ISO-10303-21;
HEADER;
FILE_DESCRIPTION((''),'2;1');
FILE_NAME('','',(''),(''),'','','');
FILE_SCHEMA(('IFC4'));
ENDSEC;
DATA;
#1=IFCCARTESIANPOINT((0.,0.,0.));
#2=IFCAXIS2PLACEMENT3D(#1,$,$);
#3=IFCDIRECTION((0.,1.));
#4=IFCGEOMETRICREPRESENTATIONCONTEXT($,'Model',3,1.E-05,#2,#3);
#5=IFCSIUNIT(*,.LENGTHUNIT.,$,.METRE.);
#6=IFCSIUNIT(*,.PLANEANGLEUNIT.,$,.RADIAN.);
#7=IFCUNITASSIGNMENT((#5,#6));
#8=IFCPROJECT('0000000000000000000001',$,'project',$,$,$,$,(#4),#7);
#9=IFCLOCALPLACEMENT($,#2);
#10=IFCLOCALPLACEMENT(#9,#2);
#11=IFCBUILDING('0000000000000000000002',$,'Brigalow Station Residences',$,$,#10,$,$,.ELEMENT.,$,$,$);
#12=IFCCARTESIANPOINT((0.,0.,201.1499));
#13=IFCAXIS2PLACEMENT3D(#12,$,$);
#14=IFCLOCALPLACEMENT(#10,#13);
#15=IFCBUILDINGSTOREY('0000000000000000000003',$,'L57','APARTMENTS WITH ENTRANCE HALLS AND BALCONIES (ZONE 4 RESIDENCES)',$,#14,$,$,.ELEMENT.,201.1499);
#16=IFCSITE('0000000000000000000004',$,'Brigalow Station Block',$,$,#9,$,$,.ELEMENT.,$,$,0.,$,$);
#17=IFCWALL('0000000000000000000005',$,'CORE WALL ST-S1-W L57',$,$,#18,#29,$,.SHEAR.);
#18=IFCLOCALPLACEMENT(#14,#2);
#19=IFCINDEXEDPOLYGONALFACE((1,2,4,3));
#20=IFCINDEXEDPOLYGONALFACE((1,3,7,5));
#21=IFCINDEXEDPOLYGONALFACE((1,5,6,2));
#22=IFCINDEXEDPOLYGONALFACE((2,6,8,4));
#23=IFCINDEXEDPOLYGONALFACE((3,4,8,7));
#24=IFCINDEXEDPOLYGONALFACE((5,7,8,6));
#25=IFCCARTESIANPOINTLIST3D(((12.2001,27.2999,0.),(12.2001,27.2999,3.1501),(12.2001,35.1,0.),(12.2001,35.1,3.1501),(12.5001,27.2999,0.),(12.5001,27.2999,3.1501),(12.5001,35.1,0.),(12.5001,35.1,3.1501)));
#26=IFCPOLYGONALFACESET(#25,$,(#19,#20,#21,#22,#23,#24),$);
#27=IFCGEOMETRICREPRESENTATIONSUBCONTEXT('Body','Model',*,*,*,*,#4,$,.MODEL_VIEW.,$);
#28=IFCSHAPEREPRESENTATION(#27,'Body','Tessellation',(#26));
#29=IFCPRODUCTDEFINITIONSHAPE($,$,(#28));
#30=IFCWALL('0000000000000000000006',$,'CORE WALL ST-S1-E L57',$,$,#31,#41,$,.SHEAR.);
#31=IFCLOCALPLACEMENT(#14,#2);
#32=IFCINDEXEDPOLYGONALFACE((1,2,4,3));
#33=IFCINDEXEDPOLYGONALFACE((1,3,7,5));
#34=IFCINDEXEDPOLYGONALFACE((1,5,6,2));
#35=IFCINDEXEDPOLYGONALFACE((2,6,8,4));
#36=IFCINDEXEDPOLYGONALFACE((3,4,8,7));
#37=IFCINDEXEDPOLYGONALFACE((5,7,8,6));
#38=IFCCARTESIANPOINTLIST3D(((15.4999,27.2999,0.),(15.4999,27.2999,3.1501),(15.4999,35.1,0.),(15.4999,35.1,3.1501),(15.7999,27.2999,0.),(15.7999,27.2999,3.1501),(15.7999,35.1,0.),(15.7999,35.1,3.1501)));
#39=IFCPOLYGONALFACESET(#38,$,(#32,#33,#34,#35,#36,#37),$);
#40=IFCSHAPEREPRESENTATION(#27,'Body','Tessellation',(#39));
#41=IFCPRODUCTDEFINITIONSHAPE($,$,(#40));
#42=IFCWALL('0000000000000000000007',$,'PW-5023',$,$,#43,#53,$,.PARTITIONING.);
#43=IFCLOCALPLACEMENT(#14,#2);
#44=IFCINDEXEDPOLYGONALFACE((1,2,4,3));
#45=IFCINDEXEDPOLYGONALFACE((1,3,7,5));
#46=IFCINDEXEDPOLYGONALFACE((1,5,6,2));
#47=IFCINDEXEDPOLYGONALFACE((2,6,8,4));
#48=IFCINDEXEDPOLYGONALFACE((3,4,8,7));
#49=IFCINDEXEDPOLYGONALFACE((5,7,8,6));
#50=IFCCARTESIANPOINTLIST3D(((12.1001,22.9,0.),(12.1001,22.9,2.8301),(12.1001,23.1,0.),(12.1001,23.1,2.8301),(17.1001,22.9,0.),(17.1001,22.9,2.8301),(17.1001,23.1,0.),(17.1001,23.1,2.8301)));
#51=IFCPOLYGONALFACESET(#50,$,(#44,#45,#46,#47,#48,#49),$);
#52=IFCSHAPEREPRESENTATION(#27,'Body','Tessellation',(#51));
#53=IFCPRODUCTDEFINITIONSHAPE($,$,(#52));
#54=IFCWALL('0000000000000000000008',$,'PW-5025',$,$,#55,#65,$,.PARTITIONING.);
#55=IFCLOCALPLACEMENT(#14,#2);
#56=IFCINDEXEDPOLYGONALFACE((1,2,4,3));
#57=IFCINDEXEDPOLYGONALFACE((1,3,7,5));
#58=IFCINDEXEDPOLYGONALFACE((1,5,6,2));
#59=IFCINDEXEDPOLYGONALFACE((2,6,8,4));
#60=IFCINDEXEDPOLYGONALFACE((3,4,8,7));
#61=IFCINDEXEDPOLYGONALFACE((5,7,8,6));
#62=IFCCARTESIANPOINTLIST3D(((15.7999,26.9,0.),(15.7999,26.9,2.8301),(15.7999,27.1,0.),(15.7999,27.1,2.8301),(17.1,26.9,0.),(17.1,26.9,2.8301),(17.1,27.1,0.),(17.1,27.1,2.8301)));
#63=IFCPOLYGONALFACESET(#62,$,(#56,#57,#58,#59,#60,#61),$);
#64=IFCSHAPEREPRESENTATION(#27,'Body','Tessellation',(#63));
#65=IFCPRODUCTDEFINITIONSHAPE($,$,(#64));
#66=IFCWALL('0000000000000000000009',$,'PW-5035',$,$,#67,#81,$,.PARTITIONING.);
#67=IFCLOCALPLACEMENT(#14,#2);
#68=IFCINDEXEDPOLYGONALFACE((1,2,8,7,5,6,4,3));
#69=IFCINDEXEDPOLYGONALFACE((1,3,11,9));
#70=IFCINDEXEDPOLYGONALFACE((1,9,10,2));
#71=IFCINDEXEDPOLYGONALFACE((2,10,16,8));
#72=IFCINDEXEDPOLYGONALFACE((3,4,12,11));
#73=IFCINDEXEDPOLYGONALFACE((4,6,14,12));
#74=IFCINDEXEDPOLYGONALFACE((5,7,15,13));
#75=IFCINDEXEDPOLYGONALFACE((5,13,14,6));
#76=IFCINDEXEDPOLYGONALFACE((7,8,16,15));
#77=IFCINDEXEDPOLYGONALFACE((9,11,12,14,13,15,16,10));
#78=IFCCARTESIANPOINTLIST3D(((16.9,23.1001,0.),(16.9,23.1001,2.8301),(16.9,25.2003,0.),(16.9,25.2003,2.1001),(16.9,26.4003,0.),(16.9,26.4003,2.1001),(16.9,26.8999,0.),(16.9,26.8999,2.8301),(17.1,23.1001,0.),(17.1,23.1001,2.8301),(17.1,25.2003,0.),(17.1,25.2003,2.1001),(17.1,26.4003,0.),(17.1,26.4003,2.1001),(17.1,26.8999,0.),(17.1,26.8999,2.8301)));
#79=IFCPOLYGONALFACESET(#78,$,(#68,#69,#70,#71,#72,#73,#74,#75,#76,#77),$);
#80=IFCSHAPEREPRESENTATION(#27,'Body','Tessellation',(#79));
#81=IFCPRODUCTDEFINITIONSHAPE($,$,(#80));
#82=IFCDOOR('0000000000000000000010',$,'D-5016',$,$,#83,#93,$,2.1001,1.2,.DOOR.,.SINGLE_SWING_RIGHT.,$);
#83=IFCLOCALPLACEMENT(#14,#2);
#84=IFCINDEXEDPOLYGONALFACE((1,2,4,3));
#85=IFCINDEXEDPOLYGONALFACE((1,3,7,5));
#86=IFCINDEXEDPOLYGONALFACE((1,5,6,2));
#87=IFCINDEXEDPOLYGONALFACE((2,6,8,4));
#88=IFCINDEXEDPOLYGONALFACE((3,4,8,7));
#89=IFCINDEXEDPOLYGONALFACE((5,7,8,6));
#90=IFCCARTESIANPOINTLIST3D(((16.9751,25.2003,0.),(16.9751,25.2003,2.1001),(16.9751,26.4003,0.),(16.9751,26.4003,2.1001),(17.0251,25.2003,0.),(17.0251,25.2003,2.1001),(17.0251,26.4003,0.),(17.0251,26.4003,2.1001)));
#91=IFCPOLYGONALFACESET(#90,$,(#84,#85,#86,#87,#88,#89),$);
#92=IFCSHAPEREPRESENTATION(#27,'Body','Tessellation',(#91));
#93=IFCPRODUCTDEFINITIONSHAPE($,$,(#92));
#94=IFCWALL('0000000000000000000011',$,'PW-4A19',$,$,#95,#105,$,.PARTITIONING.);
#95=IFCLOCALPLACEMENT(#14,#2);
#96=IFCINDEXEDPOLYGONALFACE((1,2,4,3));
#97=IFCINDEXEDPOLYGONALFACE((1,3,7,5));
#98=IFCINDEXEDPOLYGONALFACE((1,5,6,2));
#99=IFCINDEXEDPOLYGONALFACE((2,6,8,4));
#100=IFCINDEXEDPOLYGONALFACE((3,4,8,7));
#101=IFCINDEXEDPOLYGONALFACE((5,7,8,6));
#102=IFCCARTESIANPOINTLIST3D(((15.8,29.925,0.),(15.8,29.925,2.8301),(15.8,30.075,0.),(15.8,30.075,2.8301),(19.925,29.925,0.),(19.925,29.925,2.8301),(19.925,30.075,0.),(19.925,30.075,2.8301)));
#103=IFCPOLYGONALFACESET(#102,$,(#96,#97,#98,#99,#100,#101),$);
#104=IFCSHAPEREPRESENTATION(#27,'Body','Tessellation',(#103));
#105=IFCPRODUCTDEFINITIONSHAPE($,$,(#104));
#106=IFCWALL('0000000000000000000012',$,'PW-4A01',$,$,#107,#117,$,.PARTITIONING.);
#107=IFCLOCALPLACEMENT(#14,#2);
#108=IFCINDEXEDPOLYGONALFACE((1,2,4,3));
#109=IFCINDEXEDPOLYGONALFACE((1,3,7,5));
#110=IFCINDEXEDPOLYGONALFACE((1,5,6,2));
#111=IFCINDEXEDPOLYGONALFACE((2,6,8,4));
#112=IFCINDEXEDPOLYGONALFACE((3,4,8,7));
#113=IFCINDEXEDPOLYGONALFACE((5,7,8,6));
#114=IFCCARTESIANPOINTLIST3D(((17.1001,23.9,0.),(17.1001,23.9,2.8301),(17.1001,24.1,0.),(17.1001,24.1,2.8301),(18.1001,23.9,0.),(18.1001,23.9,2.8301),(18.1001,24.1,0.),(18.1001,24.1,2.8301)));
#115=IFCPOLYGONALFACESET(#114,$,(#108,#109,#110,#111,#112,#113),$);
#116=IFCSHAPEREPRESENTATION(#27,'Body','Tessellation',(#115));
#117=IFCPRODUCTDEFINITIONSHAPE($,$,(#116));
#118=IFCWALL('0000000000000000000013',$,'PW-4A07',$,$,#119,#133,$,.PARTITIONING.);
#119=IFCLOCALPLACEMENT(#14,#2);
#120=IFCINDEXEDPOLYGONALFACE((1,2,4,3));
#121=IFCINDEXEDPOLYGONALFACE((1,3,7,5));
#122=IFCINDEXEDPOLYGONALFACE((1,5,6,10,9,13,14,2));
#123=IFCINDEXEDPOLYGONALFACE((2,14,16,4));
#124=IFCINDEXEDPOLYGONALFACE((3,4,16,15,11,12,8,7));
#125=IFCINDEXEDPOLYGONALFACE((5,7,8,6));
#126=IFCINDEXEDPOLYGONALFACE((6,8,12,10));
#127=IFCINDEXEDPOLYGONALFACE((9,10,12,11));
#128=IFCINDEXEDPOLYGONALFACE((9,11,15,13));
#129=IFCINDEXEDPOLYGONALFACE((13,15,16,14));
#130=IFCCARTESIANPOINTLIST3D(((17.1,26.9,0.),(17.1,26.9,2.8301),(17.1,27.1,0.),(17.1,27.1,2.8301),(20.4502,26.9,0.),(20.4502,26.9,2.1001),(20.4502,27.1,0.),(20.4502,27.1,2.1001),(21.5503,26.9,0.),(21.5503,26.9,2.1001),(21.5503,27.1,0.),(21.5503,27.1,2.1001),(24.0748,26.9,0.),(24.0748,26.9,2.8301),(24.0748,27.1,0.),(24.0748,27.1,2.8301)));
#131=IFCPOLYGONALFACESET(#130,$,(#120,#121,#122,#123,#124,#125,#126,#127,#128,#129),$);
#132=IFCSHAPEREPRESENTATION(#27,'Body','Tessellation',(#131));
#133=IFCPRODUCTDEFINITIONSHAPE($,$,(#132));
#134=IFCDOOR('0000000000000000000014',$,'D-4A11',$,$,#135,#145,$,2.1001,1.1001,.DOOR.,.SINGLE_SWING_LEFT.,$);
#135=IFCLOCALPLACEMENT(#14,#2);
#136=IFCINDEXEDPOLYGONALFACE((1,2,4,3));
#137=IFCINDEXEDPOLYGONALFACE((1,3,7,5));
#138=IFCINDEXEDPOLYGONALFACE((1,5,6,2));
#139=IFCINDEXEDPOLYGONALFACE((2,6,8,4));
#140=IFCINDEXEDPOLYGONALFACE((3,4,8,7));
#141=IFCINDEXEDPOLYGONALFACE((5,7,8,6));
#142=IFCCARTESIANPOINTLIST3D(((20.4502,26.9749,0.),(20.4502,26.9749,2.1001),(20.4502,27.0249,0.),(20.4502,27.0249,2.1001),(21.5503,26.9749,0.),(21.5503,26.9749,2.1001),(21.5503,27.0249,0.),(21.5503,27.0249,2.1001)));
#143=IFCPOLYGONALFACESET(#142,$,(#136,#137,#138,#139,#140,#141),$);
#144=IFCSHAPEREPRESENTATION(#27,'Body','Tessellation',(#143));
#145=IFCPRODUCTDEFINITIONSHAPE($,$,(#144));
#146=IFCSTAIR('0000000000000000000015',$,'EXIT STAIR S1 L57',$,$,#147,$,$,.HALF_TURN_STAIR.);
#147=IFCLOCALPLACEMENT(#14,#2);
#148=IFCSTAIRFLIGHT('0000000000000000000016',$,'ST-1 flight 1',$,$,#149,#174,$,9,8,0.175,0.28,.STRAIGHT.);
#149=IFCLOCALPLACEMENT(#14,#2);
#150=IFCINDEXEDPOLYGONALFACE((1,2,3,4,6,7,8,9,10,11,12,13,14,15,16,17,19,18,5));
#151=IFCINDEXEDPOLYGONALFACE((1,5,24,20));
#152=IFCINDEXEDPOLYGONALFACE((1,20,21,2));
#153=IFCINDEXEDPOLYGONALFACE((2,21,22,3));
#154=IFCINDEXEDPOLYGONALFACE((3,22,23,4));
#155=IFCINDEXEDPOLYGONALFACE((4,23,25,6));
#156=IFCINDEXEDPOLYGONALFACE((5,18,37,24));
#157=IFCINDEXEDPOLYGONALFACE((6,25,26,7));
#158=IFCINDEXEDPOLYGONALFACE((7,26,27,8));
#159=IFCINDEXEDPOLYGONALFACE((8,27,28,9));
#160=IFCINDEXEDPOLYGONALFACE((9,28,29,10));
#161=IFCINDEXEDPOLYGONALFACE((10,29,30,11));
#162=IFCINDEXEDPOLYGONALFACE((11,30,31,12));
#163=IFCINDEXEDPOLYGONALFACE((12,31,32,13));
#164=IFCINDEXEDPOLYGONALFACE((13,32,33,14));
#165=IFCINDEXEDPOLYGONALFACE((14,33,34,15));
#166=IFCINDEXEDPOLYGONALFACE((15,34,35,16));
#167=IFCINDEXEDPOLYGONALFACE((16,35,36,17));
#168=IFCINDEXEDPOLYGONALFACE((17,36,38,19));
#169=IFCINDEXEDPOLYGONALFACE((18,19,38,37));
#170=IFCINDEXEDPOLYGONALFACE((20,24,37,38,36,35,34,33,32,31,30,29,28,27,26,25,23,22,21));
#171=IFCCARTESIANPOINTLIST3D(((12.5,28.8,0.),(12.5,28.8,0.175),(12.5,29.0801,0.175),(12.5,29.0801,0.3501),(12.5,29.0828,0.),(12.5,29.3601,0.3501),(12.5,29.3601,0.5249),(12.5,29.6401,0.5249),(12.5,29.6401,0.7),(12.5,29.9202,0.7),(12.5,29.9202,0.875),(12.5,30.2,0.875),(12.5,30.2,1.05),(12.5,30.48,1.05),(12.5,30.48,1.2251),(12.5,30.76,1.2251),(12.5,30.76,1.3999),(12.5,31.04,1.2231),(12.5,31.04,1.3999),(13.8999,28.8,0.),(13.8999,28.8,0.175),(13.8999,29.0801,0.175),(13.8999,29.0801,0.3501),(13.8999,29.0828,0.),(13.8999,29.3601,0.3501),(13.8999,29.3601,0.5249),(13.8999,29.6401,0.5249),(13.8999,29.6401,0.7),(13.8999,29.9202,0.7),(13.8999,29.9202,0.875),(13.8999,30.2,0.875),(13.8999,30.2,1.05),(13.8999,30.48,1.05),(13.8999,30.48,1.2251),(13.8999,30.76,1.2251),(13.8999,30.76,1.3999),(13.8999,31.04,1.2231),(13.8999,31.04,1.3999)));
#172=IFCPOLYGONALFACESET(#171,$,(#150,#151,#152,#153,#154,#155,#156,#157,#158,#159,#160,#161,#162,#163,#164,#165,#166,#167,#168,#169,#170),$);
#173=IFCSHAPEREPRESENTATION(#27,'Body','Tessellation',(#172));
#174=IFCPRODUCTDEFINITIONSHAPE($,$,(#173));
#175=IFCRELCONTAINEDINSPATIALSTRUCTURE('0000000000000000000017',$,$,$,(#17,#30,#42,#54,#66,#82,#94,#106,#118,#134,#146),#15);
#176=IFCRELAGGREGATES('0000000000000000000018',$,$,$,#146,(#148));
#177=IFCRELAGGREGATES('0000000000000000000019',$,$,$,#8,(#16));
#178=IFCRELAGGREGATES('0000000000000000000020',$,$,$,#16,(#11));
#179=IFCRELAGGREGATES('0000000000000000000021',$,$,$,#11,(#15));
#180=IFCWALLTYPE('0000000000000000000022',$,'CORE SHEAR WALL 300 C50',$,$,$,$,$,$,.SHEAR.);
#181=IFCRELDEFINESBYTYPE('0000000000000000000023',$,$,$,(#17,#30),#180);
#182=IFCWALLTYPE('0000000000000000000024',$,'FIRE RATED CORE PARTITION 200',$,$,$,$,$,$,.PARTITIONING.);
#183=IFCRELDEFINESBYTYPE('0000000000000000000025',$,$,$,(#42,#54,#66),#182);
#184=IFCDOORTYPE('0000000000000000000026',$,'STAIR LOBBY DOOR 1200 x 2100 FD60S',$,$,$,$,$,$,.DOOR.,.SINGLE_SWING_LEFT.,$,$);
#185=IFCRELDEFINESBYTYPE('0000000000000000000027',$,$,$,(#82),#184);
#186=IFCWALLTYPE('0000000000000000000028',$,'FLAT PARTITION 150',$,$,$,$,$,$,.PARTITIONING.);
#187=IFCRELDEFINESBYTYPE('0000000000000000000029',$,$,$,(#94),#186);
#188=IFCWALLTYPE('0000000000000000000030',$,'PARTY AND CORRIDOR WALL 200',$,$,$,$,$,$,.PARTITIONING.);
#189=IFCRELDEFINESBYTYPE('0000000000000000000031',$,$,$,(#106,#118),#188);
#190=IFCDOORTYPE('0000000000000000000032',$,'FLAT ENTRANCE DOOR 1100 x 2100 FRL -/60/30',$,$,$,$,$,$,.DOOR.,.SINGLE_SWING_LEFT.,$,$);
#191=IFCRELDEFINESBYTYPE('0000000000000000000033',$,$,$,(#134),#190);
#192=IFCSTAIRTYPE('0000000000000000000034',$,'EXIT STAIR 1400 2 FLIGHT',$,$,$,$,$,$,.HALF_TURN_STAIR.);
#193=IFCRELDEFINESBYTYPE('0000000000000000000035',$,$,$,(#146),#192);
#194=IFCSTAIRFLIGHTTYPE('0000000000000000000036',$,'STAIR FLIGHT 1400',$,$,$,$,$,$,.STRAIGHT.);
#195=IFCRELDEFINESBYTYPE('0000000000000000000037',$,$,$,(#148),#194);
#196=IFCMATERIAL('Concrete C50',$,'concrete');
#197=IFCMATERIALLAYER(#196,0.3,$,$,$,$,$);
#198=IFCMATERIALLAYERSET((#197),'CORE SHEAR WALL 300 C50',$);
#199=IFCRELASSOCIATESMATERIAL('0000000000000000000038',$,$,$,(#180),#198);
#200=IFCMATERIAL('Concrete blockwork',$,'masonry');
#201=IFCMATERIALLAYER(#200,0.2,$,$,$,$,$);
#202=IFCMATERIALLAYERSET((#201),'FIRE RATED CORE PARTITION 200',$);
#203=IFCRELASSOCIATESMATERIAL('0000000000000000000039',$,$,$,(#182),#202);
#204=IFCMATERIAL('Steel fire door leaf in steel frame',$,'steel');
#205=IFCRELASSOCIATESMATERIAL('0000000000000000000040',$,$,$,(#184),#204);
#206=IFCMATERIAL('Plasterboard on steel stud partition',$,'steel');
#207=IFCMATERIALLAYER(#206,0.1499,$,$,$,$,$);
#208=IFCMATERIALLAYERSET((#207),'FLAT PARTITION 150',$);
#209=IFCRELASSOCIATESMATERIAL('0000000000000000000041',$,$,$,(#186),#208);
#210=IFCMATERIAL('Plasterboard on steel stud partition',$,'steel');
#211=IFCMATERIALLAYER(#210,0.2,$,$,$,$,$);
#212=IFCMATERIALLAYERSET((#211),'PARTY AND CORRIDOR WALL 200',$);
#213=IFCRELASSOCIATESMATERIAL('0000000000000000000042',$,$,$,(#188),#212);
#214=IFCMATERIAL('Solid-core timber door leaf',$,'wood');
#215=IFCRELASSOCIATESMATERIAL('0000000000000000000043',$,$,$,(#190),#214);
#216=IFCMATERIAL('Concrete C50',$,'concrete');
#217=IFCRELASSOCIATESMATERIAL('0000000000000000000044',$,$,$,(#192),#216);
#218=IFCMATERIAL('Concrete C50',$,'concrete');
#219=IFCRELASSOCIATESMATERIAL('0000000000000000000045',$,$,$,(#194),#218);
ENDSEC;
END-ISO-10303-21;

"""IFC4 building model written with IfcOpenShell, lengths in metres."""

from ifc_helpers import new_model, si_unit, direction, frame, frame_2d, origin, place, context, subcontext, project, spatial, polyline, rectangle, outline, extrude, material, layer, layer_set, type_object, element, fill, aggregate, save


model = new_model("IFC4")

# Units and contexts
model_context = context("Model", 3, precision=1e-05, world=origin(), true_north=direction((0.0, 1.0)))
body_context = subcontext(model_context, "Body", "Model", "MODEL_VIEW")
ifc_project = project(units=[si_unit("LENGTHUNIT", "METRE"), si_unit("PLANEANGLEUNIT", "RADIAN")], contexts=[model_context])

# Site, building, storey
site_placement = place(None, origin())
site = spatial("IfcSite", under=ifc_project, at=site_placement, Name="Brigalow Station Block", CompositionType="ELEMENT", RefElevation=0.0)
building_placement = place(site_placement, origin())
building = spatial("IfcBuilding", under=site, at=building_placement, Name="Brigalow Station Residences", CompositionType="ELEMENT")
storey_placement = place(building_placement, frame((0.0, 0.0, 201.1499)))
storey = spatial("IfcBuildingStorey", under=building, at=storey_placement, Name="L57", Description="APARTMENTS WITH ENTRANCE HALLS AND BALCONIES (ZONE 4 RESIDENCES)", CompositionType="ELEMENT", Elevation=201.1499)

# Shared definitions
ifc_material_1 = material(Name="Concrete C50", Category="concrete")
ifc_layer_1 = layer(ifc_material_1, 0.3)
ifc_layer_set_1 = layer_set([ifc_layer_1], Name="CORE SHEAR WALL 300 C50")
wall_type_1 = type_object("IfcWallType", Name="CORE SHEAR WALL 300 C50", PredefinedType="SHEAR", material=ifc_layer_set_1)

# Walls
for number, where, z_axis, x_axis, name in (
    (1, (12.3501, 27.3, 0.0), (0.0, 0.0, 1.0), (0.0, 1.0, 0.0), "CORE WALL ST-S1-W L57"),
    (2, (15.6499, 27.3, 0.0), (0.0, 0.0, 1.0), (0.0, 1.0, 0.0), "CORE WALL ST-S1-E L57"),
):
    element("IfcWall", number, at=place(storey_placement, frame(where, z_axis=z_axis, x_axis=x_axis)), inside=storey, type_object=wall_type_1, Name=name, PredefinedType="SHEAR", context=body_context, shape_type="SweptSolid", body=[
        extrude(rectangle(XDim=7.8, YDim=0.3, at=frame_2d((3.8999, 0.0))), origin(), (0.0, 0.0, 1.0), 3.1501),
    ])
ifc_material_2 = material(Name="Concrete blockwork", Category="masonry")
ifc_layer_2 = layer(ifc_material_2, 0.2)
ifc_layer_set_2 = layer_set([ifc_layer_2], Name="FIRE RATED CORE PARTITION 200")
wall_type_2 = type_object("IfcWallType", Name="FIRE RATED CORE PARTITION 200", PredefinedType="PARTITIONING", material=ifc_layer_set_2)
wall_1_placement = place(storey_placement, frame((12.1001, 23.0, 0.0), z_axis=(0.0, 0.0, 1.0), x_axis=(1.0, 0.0, 0.0)))
element("IfcWall", 3, at=wall_1_placement, inside=storey, type_object=wall_type_2, Name="PW-5023", PredefinedType="PARTITIONING", context=body_context, shape_type="SweptSolid", body=[
    extrude(rectangle(XDim=5.0, YDim=0.2, at=frame_2d((2.5, 0.0))), origin(), (0.0, 0.0, 1.0), 2.8301),
])
wall_2_placement = place(storey_placement, frame((15.8, 27.0, 0.0), z_axis=(0.0, 0.0, 1.0), x_axis=(1.0, 0.0, 0.0)))
element("IfcWall", 4, at=wall_2_placement, inside=storey, type_object=wall_type_2, Name="PW-5025", PredefinedType="PARTITIONING", context=body_context, shape_type="SweptSolid", body=[
    extrude(rectangle(XDim=1.3, YDim=0.2, at=frame_2d((0.6499, 0.0))), origin(), (0.0, 0.0, 1.0), 2.8301),
])

# Wall, opening, door
wall_3_placement = place(storey_placement, frame((17.0, 23.1001, 0.0), z_axis=(0.0, 0.0, 1.0), x_axis=(0.0, 1.0, 0.0)))
wall_3 = element("IfcWall", 5, at=wall_3_placement, inside=storey, type_object=wall_type_2, Name="PW-5035", PredefinedType="PARTITIONING", context=body_context, shape_type="SweptSolid", body=[
    extrude(rectangle(XDim=3.7998, YDim=0.2, at=frame_2d((1.8999, 0.0))), origin(), (0.0, 0.0, 1.0), 2.8301),
])
opening_1_placement = place(wall_3_placement, frame((2.1001, 0.0, 0.0)))
opening_1 = element("IfcOpeningElement", 6, at=opening_1_placement, cuts=wall_3, PredefinedType="OPENING", context=body_context, shape_type="SweptSolid", body=[
    extrude(rectangle(XDim=1.2, YDim=2.1001, at=frame_2d((0.6001, 1.05))), frame((0.0, 0.1099, 0.0), z_axis=(0.0, -1.0, 0.0), x_axis=(1.0, 0.0, 0.0)), (0.0, 0.0, 1.0), 0.22),
])
ifc_material_3 = material(Name="Steel fire door leaf in steel frame", Category="steel")
door_type_1 = type_object("IfcDoorType", Name="STAIR LOBBY DOOR 1200 x 2100 FD60S", OperationType="SINGLE_SWING_LEFT", PredefinedType="DOOR", material=ifc_material_3)
door_1_placement = place(opening_1_placement, origin())
door_1 = element("IfcDoor", 7, at=door_1_placement, inside=storey, type_object=door_type_1, Name="D-5016", OperationType="SINGLE_SWING_RIGHT", OverallHeight=2.1001, OverallWidth=1.2, PredefinedType="DOOR", context=body_context, shape_type="SweptSolid", body=[
    extrude(rectangle(XDim=1.2, YDim=2.1001, at=frame_2d((0.6001, 1.05))), frame((0.0, 0.0249, 0.0), z_axis=(0.0, -1.0, 0.0), x_axis=(1.0, 0.0, 0.0)), (0.0, 0.0, 1.0), 0.05),
])
fill(opening_1, door_1)

# Walls
ifc_material_4 = material(Name="Plasterboard on steel stud partition", Category="steel")
ifc_layer_3 = layer(ifc_material_4, 0.1499)
ifc_layer_set_3 = layer_set([ifc_layer_3], Name="FLAT PARTITION 150")
wall_type_3 = type_object("IfcWallType", Name="FLAT PARTITION 150", PredefinedType="PARTITIONING", material=ifc_layer_set_3)
wall_4_placement = place(storey_placement, frame((15.8, 30.0, 0.0), z_axis=(0.0, 0.0, 1.0), x_axis=(1.0, 0.0, 0.0)))
element("IfcWall", 8, at=wall_4_placement, inside=storey, type_object=wall_type_3, Name="PW-4A19", PredefinedType="PARTITIONING", context=body_context, shape_type="SweptSolid", body=[
    extrude(rectangle(XDim=4.125, YDim=0.1499, at=frame_2d((2.0625, 0.0))), origin(), (0.0, 0.0, 1.0), 2.8301),
])
ifc_material_5 = material(Name="Plasterboard on steel stud partition", Category="steel")
ifc_layer_4 = layer(ifc_material_5, 0.2)
ifc_layer_set_4 = layer_set([ifc_layer_4], Name="PARTY AND CORRIDOR WALL 200")
wall_type_4 = type_object("IfcWallType", Name="PARTY AND CORRIDOR WALL 200", PredefinedType="PARTITIONING", material=ifc_layer_set_4)
wall_5_placement = place(storey_placement, frame((17.1001, 24.0, 0.0), z_axis=(0.0, 0.0, 1.0), x_axis=(1.0, 0.0, 0.0)))
element("IfcWall", 9, at=wall_5_placement, inside=storey, type_object=wall_type_4, Name="PW-4A01", PredefinedType="PARTITIONING", context=body_context, shape_type="SweptSolid", body=[
    extrude(rectangle(XDim=1.0, YDim=0.2, at=frame_2d((0.5, 0.0))), origin(), (0.0, 0.0, 1.0), 2.8301),
])

# Wall, opening, door
wall_6_placement = place(storey_placement, frame((17.1001, 27.0, 0.0), z_axis=(0.0, 0.0, 1.0), x_axis=(1.0, 0.0, 0.0)))
wall_6 = element("IfcWall", 10, at=wall_6_placement, inside=storey, type_object=wall_type_4, Name="PW-4A07", PredefinedType="PARTITIONING", context=body_context, shape_type="SweptSolid", body=[
    extrude(rectangle(XDim=6.9749, YDim=0.2, at=frame_2d((3.4873, 0.0))), origin(), (0.0, 0.0, 1.0), 2.8301),
])
opening_2_placement = place(wall_6_placement, frame((3.3501, 0.0, 0.0)))
opening_2 = element("IfcOpeningElement", 11, at=opening_2_placement, cuts=wall_6, PredefinedType="OPENING", context=body_context, shape_type="SweptSolid", body=[
    extrude(rectangle(XDim=1.1001, YDim=2.1001, at=frame_2d((0.55, 1.05))), frame((0.0, 0.1099, 0.0), z_axis=(0.0, -1.0, 0.0), x_axis=(1.0, 0.0, 0.0)), (0.0, 0.0, 1.0), 0.22),
])
ifc_material_6 = material(Name="Solid-core timber door leaf", Category="wood")
door_type_2 = type_object("IfcDoorType", Name="FLAT ENTRANCE DOOR 1100 x 2100 FRL -/60/30", OperationType="SINGLE_SWING_LEFT", PredefinedType="DOOR", material=ifc_material_6)
door_2_placement = place(opening_2_placement, origin())
door_2 = element("IfcDoor", 12, at=door_2_placement, inside=storey, type_object=door_type_2, Name="D-4A11", OperationType="SINGLE_SWING_LEFT", OverallHeight=2.1001, OverallWidth=1.1001, PredefinedType="DOOR", context=body_context, shape_type="SweptSolid", body=[
    extrude(rectangle(XDim=1.1001, YDim=2.1001, at=frame_2d((0.55, 1.05))), frame((0.0, 0.0249, 0.0), z_axis=(0.0, -1.0, 0.0), x_axis=(1.0, 0.0, 0.0)), (0.0, 0.0, 1.0), 0.05),
])
fill(opening_2, door_2)

# Stair, stair flight
ifc_material_7 = material(Name="Concrete C50", Category="concrete")
stair_type = type_object("IfcStairType", Name="EXIT STAIR 1400 2 FLIGHT", PredefinedType="HALF_TURN_STAIR", material=ifc_material_7)
stair_placement = place(storey_placement, origin())
stair = element("IfcStair", 13, at=stair_placement, inside=storey, type_object=stair_type, Name="EXIT STAIR S1 L57", PredefinedType="HALF_TURN_STAIR")
ifc_material_8 = material(Name="Concrete C50", Category="concrete")
stair_flight_type = type_object("IfcStairFlightType", Name="STAIR FLIGHT 1400", PredefinedType="STRAIGHT", material=ifc_material_8)
stair_flight_1_placement = place(storey_placement, frame((13.2, 28.8, 0.0), z_axis=(0.0, 0.0, 1.0), x_axis=(0.0, 1.0, 0.0)))
stair_flight_1 = element("IfcStairFlight", 14, at=stair_flight_1_placement, type_object=stair_flight_type, Name="ST-1 flight 1", NumberOfRisers=9, NumberOfTreads=8, PredefinedType="STRAIGHT", RiserHeight=0.175, TreadLength=0.28, context=body_context, shape_type="SweptSolid", body=[
    extrude(outline(polyline([(0.0, 0.0), (0.0, 0.175), (0.28, 0.175), (0.28, 0.3501), (0.5601, 0.3501), (0.5601, 0.5249), (0.8401, 0.5249), (0.8401, 0.7), (1.1201, 0.7), (1.1201, 0.875), (1.3999, 0.875), (1.3999, 1.05), (1.6799, 1.05), (1.6799, 1.2251), (1.96, 1.2251), (1.96, 1.3999), (2.24, 1.3999), (2.24, 1.575), (2.24, 1.2231), (0.2827, 0.0), (0.0, 0.0)])), frame((0.0, 0.7, 0.0), z_axis=(0.0, -1.0, 0.0), x_axis=(1.0, 0.0, 0.0)), (0.0, 0.0, 1.0), 1.3999),
])
aggregate(stair, [stair_flight_1])

save(model, "model.ifc")
